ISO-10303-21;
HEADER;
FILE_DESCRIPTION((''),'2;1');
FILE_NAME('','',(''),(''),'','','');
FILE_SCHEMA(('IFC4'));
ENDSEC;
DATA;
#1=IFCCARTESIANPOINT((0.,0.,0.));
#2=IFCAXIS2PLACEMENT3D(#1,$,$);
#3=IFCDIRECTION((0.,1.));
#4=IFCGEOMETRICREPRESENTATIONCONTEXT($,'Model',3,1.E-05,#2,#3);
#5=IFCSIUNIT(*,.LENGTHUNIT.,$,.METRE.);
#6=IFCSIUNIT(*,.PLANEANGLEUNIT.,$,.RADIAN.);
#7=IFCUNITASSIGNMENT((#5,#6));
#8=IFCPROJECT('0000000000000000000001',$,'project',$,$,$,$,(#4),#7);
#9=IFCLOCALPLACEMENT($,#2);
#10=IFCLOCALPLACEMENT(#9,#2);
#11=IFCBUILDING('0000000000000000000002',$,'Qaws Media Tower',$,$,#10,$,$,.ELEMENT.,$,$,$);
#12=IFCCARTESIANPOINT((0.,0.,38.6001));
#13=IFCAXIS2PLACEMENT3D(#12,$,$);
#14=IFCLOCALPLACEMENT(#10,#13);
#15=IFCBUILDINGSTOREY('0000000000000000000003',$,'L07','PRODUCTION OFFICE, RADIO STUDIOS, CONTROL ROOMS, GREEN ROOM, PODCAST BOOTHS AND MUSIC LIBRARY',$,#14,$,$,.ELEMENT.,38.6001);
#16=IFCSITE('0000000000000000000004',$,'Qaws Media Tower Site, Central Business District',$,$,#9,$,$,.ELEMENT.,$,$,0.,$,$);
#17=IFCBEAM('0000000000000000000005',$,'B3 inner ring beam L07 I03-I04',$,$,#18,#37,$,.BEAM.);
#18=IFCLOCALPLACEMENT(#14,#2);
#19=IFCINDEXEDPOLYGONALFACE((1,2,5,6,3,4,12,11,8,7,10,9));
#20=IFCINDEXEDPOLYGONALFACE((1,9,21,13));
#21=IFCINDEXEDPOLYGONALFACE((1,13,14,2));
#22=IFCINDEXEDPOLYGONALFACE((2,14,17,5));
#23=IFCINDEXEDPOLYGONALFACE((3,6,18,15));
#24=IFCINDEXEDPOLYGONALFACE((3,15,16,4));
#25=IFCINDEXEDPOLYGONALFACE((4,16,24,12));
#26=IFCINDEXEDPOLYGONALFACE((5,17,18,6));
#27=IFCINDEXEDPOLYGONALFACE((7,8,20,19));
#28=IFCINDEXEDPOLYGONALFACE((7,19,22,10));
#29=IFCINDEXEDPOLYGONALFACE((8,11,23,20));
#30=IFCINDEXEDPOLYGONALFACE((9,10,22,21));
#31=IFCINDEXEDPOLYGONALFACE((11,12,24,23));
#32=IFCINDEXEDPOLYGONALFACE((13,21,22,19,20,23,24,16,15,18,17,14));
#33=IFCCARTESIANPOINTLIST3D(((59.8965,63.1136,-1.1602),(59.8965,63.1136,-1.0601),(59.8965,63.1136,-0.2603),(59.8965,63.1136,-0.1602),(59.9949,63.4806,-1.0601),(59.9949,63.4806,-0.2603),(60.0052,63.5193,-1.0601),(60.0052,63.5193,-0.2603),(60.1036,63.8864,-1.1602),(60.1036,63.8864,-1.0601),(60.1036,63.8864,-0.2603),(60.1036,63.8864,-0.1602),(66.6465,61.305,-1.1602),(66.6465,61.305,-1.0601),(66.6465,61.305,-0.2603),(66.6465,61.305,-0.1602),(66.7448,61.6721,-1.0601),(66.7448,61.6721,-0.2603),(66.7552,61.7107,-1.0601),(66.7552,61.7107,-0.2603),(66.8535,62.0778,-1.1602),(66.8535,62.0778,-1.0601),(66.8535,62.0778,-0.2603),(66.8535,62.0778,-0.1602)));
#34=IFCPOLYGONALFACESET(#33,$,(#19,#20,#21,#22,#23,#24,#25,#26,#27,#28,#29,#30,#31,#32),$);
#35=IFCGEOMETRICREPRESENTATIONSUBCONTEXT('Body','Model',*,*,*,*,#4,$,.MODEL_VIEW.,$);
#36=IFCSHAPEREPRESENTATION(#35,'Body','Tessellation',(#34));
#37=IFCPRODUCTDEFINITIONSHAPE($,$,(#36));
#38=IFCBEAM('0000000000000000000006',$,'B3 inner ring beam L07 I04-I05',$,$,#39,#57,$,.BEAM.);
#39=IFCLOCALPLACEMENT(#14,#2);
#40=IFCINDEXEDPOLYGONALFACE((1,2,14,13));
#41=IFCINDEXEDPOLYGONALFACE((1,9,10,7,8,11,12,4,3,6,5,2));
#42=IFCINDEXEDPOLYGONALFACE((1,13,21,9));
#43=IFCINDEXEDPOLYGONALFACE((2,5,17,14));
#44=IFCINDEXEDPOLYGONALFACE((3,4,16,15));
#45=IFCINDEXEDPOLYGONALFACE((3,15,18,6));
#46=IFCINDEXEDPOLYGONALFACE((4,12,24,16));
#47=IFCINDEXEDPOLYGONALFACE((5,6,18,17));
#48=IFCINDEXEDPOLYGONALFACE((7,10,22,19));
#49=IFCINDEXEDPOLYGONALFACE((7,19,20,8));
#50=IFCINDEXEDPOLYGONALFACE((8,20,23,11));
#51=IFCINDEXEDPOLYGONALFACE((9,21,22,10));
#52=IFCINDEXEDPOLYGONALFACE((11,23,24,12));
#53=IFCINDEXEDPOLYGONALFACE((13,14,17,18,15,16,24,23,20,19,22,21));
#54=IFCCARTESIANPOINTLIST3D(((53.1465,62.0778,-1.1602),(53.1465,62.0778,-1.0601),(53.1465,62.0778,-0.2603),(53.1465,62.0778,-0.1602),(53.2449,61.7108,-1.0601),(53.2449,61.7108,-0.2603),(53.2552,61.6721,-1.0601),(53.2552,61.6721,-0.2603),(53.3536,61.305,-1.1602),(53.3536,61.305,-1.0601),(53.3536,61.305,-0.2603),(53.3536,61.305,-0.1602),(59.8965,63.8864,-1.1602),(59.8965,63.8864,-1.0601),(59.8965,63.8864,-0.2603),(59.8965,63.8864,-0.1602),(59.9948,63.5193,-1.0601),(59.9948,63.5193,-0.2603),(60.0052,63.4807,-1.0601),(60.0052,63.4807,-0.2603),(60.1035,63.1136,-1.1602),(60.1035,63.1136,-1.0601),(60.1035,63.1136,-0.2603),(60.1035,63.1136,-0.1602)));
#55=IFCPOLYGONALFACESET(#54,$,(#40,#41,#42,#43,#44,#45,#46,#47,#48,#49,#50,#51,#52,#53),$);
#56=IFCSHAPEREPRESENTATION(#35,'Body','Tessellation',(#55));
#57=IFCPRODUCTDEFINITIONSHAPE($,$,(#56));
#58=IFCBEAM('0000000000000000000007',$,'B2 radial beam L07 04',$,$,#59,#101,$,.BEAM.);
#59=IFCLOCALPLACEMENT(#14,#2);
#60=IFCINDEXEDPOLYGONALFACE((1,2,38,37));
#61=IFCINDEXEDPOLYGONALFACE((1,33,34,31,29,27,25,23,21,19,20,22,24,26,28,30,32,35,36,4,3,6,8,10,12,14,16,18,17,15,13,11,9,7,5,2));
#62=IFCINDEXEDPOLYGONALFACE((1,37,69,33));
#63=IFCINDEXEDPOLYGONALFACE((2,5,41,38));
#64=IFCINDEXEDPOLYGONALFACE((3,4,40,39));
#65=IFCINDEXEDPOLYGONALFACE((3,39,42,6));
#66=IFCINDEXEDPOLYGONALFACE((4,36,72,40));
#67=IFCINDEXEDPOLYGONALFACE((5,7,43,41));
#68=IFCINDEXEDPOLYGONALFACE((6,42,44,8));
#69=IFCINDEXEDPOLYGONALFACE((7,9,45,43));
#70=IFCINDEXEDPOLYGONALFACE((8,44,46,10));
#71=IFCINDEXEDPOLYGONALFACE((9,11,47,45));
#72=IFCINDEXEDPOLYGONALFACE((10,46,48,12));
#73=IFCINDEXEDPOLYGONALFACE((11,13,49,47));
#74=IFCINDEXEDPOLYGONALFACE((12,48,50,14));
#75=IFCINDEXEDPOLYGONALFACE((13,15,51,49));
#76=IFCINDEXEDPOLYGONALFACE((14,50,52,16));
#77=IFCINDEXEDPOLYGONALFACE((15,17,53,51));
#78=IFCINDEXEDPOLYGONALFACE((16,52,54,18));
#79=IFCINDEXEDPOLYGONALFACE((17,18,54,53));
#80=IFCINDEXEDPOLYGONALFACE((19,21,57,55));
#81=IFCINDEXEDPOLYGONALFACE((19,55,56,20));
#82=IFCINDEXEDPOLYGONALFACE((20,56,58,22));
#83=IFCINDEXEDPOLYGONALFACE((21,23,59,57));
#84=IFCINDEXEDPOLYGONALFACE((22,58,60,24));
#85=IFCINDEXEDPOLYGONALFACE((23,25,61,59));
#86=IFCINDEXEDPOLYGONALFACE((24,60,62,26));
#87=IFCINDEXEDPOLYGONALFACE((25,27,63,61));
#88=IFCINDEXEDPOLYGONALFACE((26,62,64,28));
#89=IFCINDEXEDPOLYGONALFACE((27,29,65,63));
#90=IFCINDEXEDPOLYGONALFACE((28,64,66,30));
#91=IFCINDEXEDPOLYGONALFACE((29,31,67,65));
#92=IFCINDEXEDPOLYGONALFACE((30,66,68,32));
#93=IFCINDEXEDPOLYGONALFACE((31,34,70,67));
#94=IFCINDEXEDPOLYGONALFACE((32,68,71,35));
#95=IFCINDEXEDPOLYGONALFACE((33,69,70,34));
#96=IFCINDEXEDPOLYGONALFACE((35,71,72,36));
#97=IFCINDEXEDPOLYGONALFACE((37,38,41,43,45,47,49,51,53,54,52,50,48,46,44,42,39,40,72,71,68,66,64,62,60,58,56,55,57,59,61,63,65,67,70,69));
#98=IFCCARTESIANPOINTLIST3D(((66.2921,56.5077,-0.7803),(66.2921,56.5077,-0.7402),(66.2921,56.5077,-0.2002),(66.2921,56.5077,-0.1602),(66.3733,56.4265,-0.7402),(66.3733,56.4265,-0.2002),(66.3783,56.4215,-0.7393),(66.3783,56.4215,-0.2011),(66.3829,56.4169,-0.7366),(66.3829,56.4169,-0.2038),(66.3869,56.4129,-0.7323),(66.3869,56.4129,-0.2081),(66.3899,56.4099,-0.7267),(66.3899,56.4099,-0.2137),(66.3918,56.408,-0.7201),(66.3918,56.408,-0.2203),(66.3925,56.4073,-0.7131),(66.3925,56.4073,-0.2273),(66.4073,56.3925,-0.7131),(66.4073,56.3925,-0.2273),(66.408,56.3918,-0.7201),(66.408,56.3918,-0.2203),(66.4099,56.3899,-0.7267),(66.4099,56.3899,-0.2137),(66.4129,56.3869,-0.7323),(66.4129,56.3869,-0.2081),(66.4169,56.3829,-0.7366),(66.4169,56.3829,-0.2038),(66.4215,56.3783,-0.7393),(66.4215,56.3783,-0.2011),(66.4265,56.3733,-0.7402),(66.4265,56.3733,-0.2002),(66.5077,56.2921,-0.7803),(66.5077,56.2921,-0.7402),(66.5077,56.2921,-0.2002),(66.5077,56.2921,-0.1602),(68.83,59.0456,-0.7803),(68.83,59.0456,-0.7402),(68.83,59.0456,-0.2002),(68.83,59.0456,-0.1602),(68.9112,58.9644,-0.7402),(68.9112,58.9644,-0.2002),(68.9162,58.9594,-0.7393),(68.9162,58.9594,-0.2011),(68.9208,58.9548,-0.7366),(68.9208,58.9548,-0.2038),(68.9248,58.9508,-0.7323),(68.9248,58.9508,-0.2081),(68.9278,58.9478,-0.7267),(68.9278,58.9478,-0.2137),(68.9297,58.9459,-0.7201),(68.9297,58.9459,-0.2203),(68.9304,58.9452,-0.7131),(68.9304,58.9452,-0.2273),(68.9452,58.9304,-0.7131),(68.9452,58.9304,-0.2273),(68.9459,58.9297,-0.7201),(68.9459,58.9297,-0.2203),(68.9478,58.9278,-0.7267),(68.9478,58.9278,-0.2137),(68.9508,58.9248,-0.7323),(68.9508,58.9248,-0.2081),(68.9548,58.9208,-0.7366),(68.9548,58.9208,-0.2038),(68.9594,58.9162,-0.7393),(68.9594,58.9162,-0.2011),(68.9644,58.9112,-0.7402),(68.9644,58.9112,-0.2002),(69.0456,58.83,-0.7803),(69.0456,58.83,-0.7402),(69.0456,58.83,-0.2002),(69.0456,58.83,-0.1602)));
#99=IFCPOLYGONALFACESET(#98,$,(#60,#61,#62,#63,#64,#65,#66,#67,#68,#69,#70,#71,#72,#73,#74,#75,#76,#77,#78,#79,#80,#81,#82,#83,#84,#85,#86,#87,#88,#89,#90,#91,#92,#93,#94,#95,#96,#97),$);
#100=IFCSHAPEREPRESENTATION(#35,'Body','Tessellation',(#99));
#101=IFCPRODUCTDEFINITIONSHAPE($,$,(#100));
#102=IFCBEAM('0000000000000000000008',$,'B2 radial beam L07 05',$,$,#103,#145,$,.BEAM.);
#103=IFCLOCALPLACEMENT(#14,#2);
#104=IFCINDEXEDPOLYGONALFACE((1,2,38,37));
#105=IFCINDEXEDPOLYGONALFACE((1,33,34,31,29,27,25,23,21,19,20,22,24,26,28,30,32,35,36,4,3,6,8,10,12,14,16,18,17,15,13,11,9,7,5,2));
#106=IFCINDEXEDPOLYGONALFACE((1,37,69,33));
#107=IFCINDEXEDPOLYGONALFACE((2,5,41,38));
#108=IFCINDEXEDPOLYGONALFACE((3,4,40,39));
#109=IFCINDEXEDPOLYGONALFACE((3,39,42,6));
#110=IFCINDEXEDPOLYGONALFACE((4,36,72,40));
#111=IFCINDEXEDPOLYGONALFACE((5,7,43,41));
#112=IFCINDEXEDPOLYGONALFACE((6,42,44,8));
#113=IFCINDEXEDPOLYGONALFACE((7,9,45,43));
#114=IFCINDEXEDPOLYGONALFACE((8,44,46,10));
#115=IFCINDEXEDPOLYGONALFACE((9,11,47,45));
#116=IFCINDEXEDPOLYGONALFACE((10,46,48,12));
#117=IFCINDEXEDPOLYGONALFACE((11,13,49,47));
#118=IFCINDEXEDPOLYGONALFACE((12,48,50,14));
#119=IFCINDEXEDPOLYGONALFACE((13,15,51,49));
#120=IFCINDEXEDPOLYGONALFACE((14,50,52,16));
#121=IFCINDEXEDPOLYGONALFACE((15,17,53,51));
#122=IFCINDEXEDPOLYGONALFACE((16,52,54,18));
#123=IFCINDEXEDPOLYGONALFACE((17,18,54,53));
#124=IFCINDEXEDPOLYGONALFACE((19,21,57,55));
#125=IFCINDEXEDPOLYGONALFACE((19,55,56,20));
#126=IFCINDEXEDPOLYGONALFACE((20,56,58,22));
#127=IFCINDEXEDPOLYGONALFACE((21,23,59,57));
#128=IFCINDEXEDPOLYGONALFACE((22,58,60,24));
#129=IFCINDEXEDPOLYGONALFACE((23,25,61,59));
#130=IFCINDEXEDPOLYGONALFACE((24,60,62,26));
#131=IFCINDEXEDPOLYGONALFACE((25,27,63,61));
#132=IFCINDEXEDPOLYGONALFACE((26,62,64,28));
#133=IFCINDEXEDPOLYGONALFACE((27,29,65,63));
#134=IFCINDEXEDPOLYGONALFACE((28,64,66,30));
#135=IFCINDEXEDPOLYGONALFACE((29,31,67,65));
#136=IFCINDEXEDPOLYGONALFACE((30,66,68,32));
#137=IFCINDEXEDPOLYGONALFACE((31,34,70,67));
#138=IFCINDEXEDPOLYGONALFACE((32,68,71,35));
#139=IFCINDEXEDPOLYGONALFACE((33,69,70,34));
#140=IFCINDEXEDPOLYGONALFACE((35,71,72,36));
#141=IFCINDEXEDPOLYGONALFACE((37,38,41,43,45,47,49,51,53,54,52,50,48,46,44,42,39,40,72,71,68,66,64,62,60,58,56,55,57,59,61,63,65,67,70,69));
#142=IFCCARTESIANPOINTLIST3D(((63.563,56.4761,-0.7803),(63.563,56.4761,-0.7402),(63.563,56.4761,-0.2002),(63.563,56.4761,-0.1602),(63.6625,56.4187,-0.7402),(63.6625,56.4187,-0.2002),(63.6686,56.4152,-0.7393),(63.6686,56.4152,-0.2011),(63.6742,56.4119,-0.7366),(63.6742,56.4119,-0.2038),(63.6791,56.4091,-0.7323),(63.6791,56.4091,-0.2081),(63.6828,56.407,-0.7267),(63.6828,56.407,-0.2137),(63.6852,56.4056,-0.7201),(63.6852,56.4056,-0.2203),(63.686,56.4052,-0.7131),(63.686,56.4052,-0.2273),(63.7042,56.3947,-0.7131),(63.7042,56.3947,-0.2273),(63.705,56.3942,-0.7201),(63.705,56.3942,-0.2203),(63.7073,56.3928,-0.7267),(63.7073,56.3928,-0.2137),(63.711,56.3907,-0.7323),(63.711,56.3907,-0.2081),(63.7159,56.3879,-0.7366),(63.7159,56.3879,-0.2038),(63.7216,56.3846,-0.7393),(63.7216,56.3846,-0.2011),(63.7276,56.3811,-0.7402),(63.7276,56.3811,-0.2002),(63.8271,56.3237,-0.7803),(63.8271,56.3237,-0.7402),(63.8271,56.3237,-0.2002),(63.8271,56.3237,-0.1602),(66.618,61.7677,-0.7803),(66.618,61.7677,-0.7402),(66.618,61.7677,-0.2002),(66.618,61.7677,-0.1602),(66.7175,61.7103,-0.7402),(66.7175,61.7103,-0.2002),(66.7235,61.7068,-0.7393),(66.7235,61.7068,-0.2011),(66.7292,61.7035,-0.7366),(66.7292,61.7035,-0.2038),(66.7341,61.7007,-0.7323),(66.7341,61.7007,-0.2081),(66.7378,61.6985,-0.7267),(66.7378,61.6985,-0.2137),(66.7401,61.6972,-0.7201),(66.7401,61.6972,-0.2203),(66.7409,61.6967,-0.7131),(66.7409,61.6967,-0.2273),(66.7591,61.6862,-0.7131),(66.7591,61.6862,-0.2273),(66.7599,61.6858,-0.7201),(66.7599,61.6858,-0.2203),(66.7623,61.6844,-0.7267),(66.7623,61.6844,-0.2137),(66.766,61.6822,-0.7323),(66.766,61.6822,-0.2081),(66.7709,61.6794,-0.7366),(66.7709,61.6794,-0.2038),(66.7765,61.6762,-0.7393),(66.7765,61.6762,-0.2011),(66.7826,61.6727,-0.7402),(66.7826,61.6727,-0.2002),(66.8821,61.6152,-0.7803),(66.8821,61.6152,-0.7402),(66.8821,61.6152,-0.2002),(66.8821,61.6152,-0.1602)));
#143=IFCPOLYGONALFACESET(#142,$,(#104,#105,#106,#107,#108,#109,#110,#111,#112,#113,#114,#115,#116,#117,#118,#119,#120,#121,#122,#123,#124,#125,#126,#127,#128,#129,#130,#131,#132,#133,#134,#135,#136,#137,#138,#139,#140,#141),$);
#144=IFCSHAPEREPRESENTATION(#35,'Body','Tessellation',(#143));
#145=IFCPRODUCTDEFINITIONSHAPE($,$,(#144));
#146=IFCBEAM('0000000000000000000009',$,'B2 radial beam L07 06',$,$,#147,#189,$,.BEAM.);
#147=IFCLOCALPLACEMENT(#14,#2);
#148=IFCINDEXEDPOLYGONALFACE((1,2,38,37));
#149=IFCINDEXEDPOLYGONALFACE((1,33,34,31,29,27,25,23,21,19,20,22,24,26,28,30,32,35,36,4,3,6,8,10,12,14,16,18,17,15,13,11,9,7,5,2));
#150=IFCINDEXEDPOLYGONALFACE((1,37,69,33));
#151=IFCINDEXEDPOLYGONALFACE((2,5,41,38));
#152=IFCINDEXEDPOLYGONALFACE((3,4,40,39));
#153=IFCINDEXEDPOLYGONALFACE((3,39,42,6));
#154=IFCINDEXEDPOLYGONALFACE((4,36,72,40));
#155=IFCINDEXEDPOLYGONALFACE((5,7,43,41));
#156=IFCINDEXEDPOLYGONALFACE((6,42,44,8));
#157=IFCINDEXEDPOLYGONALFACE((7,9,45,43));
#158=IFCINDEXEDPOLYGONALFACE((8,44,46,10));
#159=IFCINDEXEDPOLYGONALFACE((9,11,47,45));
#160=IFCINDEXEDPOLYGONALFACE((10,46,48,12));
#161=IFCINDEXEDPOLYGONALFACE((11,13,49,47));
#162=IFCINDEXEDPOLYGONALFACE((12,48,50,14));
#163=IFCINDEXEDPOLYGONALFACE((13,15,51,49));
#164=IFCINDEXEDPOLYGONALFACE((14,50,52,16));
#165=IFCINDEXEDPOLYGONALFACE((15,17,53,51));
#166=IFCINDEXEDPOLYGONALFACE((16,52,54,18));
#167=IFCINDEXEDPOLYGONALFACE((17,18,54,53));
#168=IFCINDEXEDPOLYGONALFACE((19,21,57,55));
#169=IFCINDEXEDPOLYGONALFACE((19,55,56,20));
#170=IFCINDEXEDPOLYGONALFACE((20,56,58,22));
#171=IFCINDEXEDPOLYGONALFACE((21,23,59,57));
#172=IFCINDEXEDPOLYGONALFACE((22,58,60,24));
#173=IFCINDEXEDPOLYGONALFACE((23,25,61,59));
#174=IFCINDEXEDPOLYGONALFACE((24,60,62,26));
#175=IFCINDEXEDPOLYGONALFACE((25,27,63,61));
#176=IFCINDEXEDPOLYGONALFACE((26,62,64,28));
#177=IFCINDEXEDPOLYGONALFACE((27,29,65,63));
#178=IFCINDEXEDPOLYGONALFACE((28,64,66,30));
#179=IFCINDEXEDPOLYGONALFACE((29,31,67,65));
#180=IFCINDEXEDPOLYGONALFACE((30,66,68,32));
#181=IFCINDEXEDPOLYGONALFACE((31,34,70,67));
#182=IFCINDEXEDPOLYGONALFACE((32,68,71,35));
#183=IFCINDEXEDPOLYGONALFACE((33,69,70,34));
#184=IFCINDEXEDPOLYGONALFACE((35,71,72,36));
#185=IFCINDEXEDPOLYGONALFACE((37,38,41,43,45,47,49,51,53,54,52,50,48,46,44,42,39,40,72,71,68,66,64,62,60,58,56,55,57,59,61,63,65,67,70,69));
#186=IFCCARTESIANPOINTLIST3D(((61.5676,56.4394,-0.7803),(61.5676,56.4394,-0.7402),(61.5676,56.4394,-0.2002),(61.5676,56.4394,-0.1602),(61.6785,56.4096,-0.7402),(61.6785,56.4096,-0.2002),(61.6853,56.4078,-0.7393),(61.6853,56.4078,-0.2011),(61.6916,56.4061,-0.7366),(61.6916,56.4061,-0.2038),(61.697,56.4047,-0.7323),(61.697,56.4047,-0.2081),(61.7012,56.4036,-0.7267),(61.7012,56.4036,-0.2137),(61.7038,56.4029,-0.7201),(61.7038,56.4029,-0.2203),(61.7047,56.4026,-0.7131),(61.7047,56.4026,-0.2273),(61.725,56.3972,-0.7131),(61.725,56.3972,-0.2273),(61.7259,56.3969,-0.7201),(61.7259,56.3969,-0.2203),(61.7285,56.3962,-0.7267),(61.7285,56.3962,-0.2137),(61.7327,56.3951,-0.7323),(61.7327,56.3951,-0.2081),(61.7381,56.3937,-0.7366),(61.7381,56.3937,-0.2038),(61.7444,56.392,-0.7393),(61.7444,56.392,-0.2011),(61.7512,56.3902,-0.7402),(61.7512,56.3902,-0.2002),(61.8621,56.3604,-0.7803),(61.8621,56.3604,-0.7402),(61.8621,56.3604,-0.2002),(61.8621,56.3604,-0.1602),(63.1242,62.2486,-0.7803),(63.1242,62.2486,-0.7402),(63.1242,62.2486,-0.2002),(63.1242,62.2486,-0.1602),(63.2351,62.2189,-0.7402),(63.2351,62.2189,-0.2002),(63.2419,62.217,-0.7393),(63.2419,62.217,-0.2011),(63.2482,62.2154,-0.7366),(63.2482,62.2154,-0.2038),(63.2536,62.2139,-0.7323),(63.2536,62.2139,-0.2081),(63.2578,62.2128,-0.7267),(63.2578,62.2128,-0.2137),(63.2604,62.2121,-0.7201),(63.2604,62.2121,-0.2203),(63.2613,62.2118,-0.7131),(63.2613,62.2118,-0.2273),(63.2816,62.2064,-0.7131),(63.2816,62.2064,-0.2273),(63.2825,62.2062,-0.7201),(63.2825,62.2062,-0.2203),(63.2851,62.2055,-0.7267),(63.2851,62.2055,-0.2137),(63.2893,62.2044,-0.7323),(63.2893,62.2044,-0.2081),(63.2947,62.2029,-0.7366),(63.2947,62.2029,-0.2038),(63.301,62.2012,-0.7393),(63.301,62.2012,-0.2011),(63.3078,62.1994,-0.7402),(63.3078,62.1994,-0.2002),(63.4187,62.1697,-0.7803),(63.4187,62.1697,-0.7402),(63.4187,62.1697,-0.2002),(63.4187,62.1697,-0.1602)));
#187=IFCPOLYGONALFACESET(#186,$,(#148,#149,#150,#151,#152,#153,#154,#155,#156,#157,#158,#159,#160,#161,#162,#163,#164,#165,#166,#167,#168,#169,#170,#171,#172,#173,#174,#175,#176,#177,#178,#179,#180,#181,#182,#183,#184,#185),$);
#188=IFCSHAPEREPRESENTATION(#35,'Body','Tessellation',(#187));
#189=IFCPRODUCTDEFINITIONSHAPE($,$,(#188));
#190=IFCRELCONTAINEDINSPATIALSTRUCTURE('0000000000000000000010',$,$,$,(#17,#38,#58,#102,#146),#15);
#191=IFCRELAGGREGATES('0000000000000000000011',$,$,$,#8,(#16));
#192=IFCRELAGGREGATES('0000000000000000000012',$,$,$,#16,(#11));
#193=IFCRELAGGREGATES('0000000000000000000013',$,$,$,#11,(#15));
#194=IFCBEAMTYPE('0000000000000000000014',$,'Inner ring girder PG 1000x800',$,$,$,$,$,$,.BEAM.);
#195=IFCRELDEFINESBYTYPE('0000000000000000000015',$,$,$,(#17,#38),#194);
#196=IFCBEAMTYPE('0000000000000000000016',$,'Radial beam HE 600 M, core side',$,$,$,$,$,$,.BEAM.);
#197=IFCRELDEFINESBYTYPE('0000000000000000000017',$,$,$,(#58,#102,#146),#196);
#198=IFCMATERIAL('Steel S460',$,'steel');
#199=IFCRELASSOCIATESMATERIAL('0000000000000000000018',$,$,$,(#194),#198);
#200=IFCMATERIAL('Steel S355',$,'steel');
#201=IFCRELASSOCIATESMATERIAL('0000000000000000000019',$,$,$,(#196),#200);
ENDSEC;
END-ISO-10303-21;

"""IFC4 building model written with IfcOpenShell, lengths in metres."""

from ifc_helpers import new_model, si_unit, direction, frame, origin, origin_2d, place, context, subcontext, project, spatial, i_section, extrude, material, material_profile, profile_set, type_object, element, save


model = new_model("IFC4")

# Units and contexts
model_context = context("Model", 3, precision=1e-05, world=origin(), true_north=direction((0.0, 1.0)))
body_context = subcontext(model_context, "Body", "Model", "MODEL_VIEW")
ifc_project = project(units=[si_unit("LENGTHUNIT", "METRE"), si_unit("PLANEANGLEUNIT", "RADIAN")], contexts=[model_context])

# Site, building, storey
site_placement = place(None, origin())
site = spatial("IfcSite", under=ifc_project, at=site_placement, Name="Qaws Media Tower Site, Central Business District", CompositionType="ELEMENT", RefElevation=0.0)
building_placement = place(site_placement, origin())
building = spatial("IfcBuilding", under=site, at=building_placement, Name="Qaws Media Tower", CompositionType="ELEMENT")
storey_placement = place(building_placement, frame((0.0, 0.0, 38.6001)))
storey = spatial("IfcBuildingStorey", under=building, at=storey_placement, Name="L07", Description="PRODUCTION OFFICE, RADIO STUDIOS, CONTROL ROOMS, GREEN ROOM, PODCAST BOOTHS AND MUSIC LIBRARY", CompositionType="ELEMENT", Elevation=38.6001)

# Beams
ifc_material_1 = material(Name="Steel S460", Category="steel")
ifc_material_profile_1 = material_profile(ifc_material_1, i_section(OverallWidth=0.8, OverallDepth=1.0, WebThickness=0.04, FlangeThickness=0.1001, at=origin_2d()), Name="PG 1000x800")
ifc_profile_set_1 = profile_set([ifc_material_profile_1], Name="Steel S460")
beam_type_1 = type_object("IfcBeamType", Name="Inner ring girder PG 1000x800", PredefinedType="BEAM", material=ifc_profile_set_1)
for number, where, z_axis, x_axis, name in (
    (1, (66.75, 61.6914, -0.6602), (-0.965928, 0.258811, 0.0), (-0.258811, -0.965928, 0.0), "B3 inner ring beam L07 I03-I04"),
    (2, (60.0, 63.5, -0.6602), (-0.965928, -0.258811, 0.0), (0.258811, -0.965928, 0.0), "B3 inner ring beam L07 I04-I05"),
):
    element("IfcBeam", number, at=place(storey_placement, frame(where, z_axis=z_axis, x_axis=x_axis)), inside=storey, type_object=beam_type_1, Name=name, PredefinedType="BEAM", context=body_context, shape_type="SweptSolid", body=[
        extrude(i_section(OverallWidth=0.8, OverallDepth=1.0, WebThickness=0.04, FlangeThickness=0.1001, at=origin_2d()), origin(), (0.0, 0.0, 1.0), 6.988),
    ])
ifc_material_2 = material(Name="Steel S355", Category="steel")
ifc_material_profile_2 = material_profile(ifc_material_2, i_section(OverallWidth=0.3049, OverallDepth=0.6201, WebThickness=0.021, FlangeThickness=0.04, FilletRadius=0.0271, at=origin_2d()), Name="HE 600 M")
ifc_profile_set_2 = profile_set([ifc_material_profile_2], Name="Steel S355")
beam_type_2 = type_object("IfcBeamType", Name="Radial beam HE 600 M, core side", PredefinedType="BEAM", material=ifc_profile_set_2)
beam_1_placement = place(storey_placement, frame((66.3999, 56.3999, -0.4702), z_axis=(0.707107, 0.707107, 0.0), x_axis=(-0.707107, 0.707107, 0.0)))
element("IfcBeam", 3, at=beam_1_placement, inside=storey, type_object=beam_type_2, Name="B2 radial beam L07 04", PredefinedType="BEAM", context=body_context, shape_type="SweptSolid", body=[
    extrude(i_section(OverallWidth=0.3049, OverallDepth=0.6201, WebThickness=0.021, FlangeThickness=0.04, FilletRadius=0.0271, at=origin_2d()), origin(), (0.0, 0.0, 1.0), 3.5891),
])
beam_2_placement = place(storey_placement, frame((63.6951, 56.3999, -0.4702), z_axis=(0.499985, 0.866034, 0.0), x_axis=(-0.866034, 0.499985, 0.0)))
element("IfcBeam", 4, at=beam_2_placement, inside=storey, type_object=beam_type_2, Name="B2 radial beam L07 05", PredefinedType="BEAM", context=body_context, shape_type="SweptSolid", body=[
    extrude(i_section(OverallWidth=0.3049, OverallDepth=0.6201, WebThickness=0.021, FlangeThickness=0.04, FilletRadius=0.0271, at=origin_2d()), origin(), (0.0, 0.0, 1.0), 6.1101),
])
beam_3_placement = place(storey_placement, frame((61.7148, 56.3999, -0.4702), z_axis=(0.258825, 0.965924, 0.0), x_axis=(-0.965924, 0.258825, 0.0)))
element("IfcBeam", 5, at=beam_3_placement, inside=storey, type_object=beam_type_2, Name="B2 radial beam L07 06", PredefinedType="BEAM", context=body_context, shape_type="SweptSolid", body=[
    extrude(i_section(OverallWidth=0.3049, OverallDepth=0.6201, WebThickness=0.021, FlangeThickness=0.04, FilletRadius=0.0271, at=origin_2d()), origin(), (0.0, 0.0, 1.0), 6.0142),
])

save(model, "model.ifc")
